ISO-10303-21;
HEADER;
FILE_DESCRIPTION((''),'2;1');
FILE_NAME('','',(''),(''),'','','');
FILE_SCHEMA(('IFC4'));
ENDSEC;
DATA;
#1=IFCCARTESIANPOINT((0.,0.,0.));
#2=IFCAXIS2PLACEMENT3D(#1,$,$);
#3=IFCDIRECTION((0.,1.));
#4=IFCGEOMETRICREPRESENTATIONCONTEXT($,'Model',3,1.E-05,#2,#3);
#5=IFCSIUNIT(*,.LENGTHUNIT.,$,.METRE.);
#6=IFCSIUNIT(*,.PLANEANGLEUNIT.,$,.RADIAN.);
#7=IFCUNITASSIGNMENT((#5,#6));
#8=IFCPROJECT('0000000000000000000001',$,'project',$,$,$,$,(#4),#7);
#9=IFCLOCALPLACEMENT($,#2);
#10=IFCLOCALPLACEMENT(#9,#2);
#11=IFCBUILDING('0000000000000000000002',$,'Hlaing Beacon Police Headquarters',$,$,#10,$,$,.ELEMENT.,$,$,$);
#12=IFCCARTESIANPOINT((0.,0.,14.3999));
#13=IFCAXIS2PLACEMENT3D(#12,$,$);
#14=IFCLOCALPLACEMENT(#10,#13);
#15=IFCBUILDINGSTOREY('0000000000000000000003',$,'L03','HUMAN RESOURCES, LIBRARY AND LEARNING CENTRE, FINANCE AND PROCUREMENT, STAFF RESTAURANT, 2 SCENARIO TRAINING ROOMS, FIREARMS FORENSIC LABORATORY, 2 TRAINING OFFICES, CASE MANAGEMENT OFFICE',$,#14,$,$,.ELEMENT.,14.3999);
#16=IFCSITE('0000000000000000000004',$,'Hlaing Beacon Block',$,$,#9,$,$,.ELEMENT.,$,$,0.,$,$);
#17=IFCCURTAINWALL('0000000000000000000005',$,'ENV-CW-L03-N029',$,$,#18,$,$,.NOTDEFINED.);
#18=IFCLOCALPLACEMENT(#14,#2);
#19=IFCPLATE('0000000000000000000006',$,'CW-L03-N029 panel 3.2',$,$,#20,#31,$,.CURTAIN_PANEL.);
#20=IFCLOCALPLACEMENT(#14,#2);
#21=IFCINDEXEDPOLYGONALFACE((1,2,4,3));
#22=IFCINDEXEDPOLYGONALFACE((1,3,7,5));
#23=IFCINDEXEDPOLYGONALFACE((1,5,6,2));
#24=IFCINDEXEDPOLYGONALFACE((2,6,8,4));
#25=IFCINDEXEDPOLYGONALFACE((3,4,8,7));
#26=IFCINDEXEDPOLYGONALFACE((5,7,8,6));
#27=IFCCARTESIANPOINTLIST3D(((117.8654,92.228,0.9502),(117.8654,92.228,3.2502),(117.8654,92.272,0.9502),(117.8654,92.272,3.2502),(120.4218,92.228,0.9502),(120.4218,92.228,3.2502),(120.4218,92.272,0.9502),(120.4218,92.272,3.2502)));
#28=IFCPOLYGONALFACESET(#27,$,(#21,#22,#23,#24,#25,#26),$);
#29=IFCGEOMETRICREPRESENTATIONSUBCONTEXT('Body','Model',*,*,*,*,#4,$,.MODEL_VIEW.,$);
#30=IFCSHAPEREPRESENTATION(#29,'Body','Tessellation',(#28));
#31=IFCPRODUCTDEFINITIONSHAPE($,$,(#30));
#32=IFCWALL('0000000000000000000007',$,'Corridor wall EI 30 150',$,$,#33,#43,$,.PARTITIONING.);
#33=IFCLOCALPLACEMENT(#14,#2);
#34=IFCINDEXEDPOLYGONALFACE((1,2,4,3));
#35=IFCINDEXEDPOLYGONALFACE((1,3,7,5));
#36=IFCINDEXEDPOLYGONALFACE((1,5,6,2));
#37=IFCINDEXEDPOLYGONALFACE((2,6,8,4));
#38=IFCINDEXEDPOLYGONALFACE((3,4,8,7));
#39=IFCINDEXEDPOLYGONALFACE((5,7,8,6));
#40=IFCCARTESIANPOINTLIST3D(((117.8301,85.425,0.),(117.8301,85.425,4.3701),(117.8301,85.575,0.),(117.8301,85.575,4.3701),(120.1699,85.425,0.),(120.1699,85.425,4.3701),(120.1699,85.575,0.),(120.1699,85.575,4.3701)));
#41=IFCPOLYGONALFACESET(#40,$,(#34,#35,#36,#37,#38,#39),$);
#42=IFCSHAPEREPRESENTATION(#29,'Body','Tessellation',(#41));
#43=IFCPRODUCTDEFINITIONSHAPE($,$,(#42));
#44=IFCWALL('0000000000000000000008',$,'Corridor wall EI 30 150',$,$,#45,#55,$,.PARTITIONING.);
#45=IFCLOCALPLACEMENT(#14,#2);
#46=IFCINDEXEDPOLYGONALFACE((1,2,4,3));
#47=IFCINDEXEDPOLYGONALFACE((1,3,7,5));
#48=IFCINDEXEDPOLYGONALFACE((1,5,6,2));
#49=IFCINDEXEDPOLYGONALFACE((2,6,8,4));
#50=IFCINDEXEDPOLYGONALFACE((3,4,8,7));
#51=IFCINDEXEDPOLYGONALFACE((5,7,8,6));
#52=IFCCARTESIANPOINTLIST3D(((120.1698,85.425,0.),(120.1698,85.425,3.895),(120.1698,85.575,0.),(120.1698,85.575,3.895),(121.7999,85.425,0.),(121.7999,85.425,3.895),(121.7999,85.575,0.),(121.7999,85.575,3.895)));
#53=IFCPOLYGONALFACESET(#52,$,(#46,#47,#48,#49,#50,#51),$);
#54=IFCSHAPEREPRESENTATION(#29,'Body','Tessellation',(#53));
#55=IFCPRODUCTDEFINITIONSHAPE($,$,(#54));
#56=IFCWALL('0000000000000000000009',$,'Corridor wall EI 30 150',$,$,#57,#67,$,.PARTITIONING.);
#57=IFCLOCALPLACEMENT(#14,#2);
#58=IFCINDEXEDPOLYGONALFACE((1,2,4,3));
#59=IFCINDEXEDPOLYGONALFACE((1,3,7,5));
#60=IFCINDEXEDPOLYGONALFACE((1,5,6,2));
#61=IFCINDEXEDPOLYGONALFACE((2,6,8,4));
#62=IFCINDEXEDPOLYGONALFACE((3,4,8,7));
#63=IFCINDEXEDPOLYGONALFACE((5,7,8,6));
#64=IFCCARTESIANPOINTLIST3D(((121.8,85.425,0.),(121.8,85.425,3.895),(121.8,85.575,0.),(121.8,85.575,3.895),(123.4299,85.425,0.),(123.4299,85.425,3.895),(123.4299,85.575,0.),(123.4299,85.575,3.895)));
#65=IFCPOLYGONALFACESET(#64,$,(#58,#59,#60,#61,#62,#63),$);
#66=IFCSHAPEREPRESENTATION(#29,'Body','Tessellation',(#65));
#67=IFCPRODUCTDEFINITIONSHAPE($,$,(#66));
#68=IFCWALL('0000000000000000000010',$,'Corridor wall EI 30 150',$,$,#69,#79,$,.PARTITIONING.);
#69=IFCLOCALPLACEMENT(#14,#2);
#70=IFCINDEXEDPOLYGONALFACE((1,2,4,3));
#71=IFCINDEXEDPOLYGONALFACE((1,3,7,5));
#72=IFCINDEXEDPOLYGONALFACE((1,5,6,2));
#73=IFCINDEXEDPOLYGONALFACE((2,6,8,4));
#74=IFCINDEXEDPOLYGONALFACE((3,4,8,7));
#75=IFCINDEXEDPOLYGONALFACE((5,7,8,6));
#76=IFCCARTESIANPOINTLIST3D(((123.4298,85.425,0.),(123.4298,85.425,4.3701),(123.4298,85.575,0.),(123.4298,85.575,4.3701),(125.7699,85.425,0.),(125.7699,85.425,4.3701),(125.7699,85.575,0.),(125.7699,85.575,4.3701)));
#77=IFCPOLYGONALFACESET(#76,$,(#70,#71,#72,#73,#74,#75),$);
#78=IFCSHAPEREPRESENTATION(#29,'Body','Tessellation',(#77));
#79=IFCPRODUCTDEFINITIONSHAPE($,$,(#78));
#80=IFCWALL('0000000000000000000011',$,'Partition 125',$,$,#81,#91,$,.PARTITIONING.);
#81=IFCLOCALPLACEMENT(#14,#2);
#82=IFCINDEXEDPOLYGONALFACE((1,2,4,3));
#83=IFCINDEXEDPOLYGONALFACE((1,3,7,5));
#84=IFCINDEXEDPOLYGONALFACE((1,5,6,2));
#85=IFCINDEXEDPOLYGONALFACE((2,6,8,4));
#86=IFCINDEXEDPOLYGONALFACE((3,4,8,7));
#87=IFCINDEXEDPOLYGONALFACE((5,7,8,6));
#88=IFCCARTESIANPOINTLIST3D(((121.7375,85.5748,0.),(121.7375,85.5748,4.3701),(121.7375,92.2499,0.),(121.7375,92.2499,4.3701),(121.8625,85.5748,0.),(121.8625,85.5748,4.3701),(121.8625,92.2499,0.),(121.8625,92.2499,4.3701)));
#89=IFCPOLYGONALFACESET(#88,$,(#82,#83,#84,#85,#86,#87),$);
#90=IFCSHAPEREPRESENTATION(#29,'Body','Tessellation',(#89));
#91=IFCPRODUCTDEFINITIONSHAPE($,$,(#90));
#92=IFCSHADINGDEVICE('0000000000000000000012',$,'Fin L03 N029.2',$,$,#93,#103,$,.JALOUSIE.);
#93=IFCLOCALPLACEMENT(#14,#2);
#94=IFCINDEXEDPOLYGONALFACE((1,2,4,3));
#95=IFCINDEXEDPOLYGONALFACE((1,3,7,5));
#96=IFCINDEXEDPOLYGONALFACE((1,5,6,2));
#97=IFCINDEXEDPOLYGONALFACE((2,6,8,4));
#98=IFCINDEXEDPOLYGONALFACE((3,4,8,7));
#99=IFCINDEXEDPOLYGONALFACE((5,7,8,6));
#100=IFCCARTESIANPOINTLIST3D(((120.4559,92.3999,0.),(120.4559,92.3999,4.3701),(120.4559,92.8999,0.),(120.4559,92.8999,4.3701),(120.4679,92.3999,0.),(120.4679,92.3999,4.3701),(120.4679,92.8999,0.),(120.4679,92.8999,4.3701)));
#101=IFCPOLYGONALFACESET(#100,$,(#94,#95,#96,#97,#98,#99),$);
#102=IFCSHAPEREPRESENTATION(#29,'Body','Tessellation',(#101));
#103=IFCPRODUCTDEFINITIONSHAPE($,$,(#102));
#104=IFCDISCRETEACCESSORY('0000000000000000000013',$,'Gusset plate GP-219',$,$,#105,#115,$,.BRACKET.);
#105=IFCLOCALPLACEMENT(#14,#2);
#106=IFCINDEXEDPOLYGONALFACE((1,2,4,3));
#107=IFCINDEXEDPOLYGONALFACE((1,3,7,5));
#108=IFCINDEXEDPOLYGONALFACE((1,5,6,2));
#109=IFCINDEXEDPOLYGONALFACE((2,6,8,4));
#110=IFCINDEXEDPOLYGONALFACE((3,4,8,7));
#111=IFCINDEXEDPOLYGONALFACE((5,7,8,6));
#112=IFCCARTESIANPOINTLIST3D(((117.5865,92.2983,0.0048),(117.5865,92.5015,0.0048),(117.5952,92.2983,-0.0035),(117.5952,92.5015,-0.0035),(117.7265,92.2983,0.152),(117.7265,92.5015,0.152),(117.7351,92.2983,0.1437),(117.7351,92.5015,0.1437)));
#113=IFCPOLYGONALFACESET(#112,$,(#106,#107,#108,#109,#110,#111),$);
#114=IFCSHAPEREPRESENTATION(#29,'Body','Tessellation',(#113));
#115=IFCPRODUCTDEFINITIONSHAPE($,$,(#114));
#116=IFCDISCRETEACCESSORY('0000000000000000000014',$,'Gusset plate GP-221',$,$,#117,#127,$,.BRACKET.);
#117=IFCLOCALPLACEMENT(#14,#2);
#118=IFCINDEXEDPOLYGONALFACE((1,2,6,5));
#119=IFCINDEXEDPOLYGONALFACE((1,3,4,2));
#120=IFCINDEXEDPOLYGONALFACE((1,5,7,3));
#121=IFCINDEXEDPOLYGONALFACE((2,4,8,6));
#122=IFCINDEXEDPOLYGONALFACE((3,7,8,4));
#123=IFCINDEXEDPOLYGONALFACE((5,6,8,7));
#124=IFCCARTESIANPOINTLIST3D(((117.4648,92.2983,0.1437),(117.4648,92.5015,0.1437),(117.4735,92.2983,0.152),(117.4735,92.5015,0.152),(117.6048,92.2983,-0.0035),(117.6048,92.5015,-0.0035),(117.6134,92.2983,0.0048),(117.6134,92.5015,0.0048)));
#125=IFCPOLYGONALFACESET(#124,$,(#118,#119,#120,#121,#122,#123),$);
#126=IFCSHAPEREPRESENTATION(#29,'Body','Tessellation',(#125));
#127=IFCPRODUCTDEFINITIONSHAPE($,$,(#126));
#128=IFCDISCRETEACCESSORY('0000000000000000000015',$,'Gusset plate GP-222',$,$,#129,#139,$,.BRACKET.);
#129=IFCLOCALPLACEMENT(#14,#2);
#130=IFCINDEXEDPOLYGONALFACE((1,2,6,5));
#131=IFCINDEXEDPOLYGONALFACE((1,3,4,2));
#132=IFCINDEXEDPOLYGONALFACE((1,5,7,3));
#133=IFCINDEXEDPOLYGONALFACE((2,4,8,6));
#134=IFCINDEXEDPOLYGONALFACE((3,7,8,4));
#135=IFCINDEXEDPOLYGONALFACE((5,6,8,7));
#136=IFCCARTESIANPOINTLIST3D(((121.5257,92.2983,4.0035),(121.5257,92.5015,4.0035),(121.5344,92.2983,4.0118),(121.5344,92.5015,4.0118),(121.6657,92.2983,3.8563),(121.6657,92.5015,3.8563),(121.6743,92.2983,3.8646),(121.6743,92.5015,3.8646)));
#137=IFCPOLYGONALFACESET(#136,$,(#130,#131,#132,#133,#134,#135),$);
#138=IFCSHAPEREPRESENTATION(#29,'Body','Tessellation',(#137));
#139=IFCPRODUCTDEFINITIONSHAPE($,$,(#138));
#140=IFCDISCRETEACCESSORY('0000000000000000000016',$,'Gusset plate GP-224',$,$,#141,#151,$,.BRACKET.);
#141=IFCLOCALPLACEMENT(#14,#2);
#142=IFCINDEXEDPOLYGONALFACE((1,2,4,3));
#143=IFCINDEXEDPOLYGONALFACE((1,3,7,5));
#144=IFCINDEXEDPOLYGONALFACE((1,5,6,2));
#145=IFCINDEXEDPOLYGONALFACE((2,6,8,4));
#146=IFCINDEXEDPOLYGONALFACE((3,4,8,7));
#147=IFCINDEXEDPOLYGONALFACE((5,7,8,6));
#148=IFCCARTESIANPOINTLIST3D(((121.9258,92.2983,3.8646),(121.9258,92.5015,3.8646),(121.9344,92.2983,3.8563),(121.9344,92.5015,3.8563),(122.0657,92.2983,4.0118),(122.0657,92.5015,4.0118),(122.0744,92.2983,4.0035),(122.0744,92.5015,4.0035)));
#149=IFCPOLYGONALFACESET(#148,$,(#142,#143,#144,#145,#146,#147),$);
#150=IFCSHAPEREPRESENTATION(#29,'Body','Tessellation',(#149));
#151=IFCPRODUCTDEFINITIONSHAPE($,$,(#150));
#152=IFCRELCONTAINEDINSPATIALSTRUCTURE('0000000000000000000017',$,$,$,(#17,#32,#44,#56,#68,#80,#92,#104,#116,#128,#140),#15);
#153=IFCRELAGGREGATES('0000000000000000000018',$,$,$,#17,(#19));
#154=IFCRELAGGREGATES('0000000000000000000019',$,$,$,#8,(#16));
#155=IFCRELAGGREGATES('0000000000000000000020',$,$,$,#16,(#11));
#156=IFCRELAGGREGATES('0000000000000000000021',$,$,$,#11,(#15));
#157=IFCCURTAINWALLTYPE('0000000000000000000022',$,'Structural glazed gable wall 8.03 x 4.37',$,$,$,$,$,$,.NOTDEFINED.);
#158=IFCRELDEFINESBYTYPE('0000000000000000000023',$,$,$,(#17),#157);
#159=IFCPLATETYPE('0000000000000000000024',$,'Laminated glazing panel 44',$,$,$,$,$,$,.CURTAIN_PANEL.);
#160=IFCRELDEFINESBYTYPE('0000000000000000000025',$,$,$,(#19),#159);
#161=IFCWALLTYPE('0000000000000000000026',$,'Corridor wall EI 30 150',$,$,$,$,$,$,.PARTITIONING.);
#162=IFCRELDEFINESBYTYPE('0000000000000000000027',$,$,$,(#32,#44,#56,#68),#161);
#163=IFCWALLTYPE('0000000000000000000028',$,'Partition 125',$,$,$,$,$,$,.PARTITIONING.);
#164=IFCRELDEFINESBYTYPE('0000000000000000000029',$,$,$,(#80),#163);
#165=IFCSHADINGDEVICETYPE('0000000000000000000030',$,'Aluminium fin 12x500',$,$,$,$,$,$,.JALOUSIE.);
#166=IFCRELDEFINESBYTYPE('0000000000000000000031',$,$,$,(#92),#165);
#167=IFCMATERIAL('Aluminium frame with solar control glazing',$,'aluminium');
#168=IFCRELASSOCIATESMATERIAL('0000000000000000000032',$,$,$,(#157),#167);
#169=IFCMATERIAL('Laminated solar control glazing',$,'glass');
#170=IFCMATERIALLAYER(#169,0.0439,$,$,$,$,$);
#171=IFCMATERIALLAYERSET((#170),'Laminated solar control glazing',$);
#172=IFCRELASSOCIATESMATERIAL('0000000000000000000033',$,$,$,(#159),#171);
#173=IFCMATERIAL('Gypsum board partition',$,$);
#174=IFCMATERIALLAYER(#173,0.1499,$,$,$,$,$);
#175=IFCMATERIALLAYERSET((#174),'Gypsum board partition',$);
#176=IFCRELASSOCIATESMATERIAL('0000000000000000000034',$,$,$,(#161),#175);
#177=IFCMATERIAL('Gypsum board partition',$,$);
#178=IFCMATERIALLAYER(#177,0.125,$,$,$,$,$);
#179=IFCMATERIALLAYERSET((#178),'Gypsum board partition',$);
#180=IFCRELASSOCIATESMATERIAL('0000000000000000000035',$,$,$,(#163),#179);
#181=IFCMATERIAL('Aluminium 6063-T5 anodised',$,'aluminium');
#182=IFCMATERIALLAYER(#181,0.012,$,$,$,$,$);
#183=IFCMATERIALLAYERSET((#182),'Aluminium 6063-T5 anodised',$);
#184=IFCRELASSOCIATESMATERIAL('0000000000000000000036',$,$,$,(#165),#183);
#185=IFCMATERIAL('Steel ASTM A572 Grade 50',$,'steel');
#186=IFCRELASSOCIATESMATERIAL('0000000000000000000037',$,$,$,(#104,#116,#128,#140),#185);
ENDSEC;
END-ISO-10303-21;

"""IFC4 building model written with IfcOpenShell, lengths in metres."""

from ifc_helpers import new_model, si_unit, direction, frame, frame_2d, origin, origin_2d, place, context, subcontext, project, spatial, rectangle, extrude, material, layer, layer_set, type_object, element, aggregate, save


model = new_model("IFC4")

# Units and contexts
model_context = context("Model", 3, precision=1e-05, world=origin(), true_north=direction((0.0, 1.0)))
body_context = subcontext(model_context, "Body", "Model", "MODEL_VIEW")
ifc_project = project(units=[si_unit("LENGTHUNIT", "METRE"), si_unit("PLANEANGLEUNIT", "RADIAN")], contexts=[model_context])

# Site, building, storey
site_placement = place(None, origin())
site = spatial("IfcSite", under=ifc_project, at=site_placement, Name="Hlaing Beacon Block", CompositionType="ELEMENT", RefElevation=0.0)
building_placement = place(site_placement, origin())
building = spatial("IfcBuilding", under=site, at=building_placement, Name="Hlaing Beacon Police Headquarters", CompositionType="ELEMENT")
storey_placement = place(building_placement, frame((0.0, 0.0, 14.3999)))
storey = spatial("IfcBuildingStorey", under=building, at=storey_placement, Name="L03", Description="HUMAN RESOURCES, LIBRARY AND LEARNING CENTRE, FINANCE AND PROCUREMENT, STAFF RESTAURANT, 2 SCENARIO TRAINING ROOMS, FIREARMS FORENSIC LABORATORY, 2 TRAINING OFFICES, CASE MANAGEMENT OFFICE", CompositionType="ELEMENT", Elevation=14.3999)

# Curtain wall, plate
ifc_material_1 = material(Name="Aluminium frame with solar control glazing", Category="aluminium")
curtain_wall_type = type_object("IfcCurtainWallType", Name="Structural glazed gable wall 8.03 x 4.37", PredefinedType="NOTDEFINED", material=ifc_material_1)
curtain_wall_placement = place(storey_placement, origin())
curtain_wall = element("IfcCurtainWall", 1, at=curtain_wall_placement, inside=storey, type_object=curtain_wall_type, Name="ENV-CW-L03-N029", PredefinedType="NOTDEFINED")
ifc_material_2 = material(Name="Laminated solar control glazing", Category="glass")
ifc_layer_1 = layer(ifc_material_2, 0.0439)
ifc_layer_set_1 = layer_set([ifc_layer_1], Name="Laminated solar control glazing")
plate_type_1 = type_object("IfcPlateType", Name="Laminated glazing panel 44", PredefinedType="CURTAIN_PANEL", material=ifc_layer_set_1)
plate_1_placement = place(storey_placement, frame((119.1436, 92.25, 0.9502), z_axis=(0.0, 0.0, 1.0), x_axis=(-1.0, 0.0, 0.0)))
plate_1 = element("IfcPlate", 2, at=plate_1_placement, type_object=plate_type_1, Name="CW-L03-N029 panel 3.2", PredefinedType="CURTAIN_PANEL", context=body_context, shape_type="SweptSolid", body=[
    extrude(rectangle(XDim=2.5564, YDim=0.0439, at=origin_2d()), origin(), (0.0, 0.0, 1.0), 2.3),
])
aggregate(curtain_wall, [plate_1])

# Walls
ifc_material_3 = material(Name="Gypsum board partition")
ifc_layer_2 = layer(ifc_material_3, 0.1499)
ifc_layer_set_2 = layer_set([ifc_layer_2], Name="Gypsum board partition")
wall_type_1 = type_object("IfcWallType", Name="Corridor wall EI 30 150", PredefinedType="PARTITIONING", material=ifc_layer_set_2)
wall_1_placement = place(storey_placement, frame((117.8301, 85.5, 0.0), z_axis=(0.0, 0.0, 1.0), x_axis=(1.0, 0.0, 0.0)))
element("IfcWall", 3, at=wall_1_placement, inside=storey, type_object=wall_type_1, Name="Corridor wall EI 30 150", PredefinedType="PARTITIONING", context=body_context, shape_type="SweptSolid", body=[
    extrude(rectangle(XDim=2.3398, YDim=0.1499, at=frame_2d((1.1699, 0.0))), origin(), (0.0, 0.0, 1.0), 4.3701),
])
wall_2_placement = place(storey_placement, frame((120.1699, 85.5, 0.0), z_axis=(0.0, 0.0, 1.0), x_axis=(1.0, 0.0, 0.0)))
element("IfcWall", 4, at=wall_2_placement, inside=storey, type_object=wall_type_1, Name="Corridor wall EI 30 150", PredefinedType="PARTITIONING", context=body_context, shape_type="SweptSolid", body=[
    extrude(rectangle(XDim=1.6301, YDim=0.1499, at=frame_2d((0.8149, 0.0))), origin(), (0.0, 0.0, 1.0), 3.895),
])
wall_3_placement = place(storey_placement, frame((121.8, 85.5, 0.0), z_axis=(0.0, 0.0, 1.0), x_axis=(1.0, 0.0, 0.0)))
element("IfcWall", 5, at=wall_3_placement, inside=storey, type_object=wall_type_1, Name="Corridor wall EI 30 150", PredefinedType="PARTITIONING", context=body_context, shape_type="SweptSolid", body=[
    extrude(rectangle(XDim=1.6299, YDim=0.1499, at=frame_2d((0.8149, 0.0))), origin(), (0.0, 0.0, 1.0), 3.895),
])
wall_4_placement = place(storey_placement, frame((123.4299, 85.5, 0.0), z_axis=(0.0, 0.0, 1.0), x_axis=(1.0, 0.0, 0.0)))
element("IfcWall", 6, at=wall_4_placement, inside=storey, type_object=wall_type_1, Name="Corridor wall EI 30 150", PredefinedType="PARTITIONING", context=body_context, shape_type="SweptSolid", body=[
    extrude(rectangle(XDim=2.3401, YDim=0.1499, at=frame_2d((1.1699, 0.0))), origin(), (0.0, 0.0, 1.0), 4.3701),
])
ifc_material_4 = material(Name="Gypsum board partition")
ifc_layer_3 = layer(ifc_material_4, 0.125)
ifc_layer_set_3 = layer_set([ifc_layer_3], Name="Gypsum board partition")
wall_type_2 = type_object("IfcWallType", Name="Partition 125", PredefinedType="PARTITIONING", material=ifc_layer_set_3)
wall_5_placement = place(storey_placement, frame((121.8, 85.575, 0.0), z_axis=(0.0, 0.0, 1.0), x_axis=(0.0, 1.0, 0.0)))
element("IfcWall", 7, at=wall_5_placement, inside=storey, type_object=wall_type_2, Name="Partition 125", PredefinedType="PARTITIONING", context=body_context, shape_type="SweptSolid", body=[
    extrude(rectangle(XDim=6.675, YDim=0.125, at=frame_2d((3.3374, 0.0))), origin(), (0.0, 0.0, 1.0), 4.3701),
])

# Shading device
ifc_material_5 = material(Name="Aluminium 6063-T5 anodised", Category="aluminium")
ifc_layer_4 = layer(ifc_material_5, 0.012)
ifc_layer_set_4 = layer_set([ifc_layer_4], Name="Aluminium 6063-T5 anodised")
shading_device_type = type_object("IfcShadingDeviceType", Name="Aluminium fin 12x500", PredefinedType="JALOUSIE", material=ifc_layer_set_4)
shading_device_placement = place(storey_placement, frame((120.4619, 92.6499, 0.0), z_axis=(0.0, 0.0, 1.0), x_axis=(-1.0, 0.0, 0.0)))
element("IfcShadingDevice", 8, at=shading_device_placement, inside=storey, type_object=shading_device_type, Name="Fin L03 N029.2", PredefinedType="JALOUSIE", context=body_context, shape_type="SweptSolid", body=[
    extrude(rectangle(XDim=0.012, YDim=0.5, at=origin_2d()), origin(), (0.0, 0.0, 1.0), 4.3701),
])

# Discrete accessories
ifc_material_6 = material(Name="Steel ASTM A572 Grade 50", Category="steel")
for number, where, z_axis, x_axis, name in (
    (9, (117.6565, 92.3999, 0.0784), (0.724811, 0.0, -0.688948), (0.0, 1.0, 0.0), "Gusset plate GP-219"),
    (10, (117.5435, 92.3999, 0.0784), (-0.724832, 0.0, -0.688926), (0.0, -1.0, 0.0), "Gusset plate GP-221"),
    (11, (121.5957, 92.3999, 3.9299), (0.724832, 0.0, 0.688926), (0.0, 1.0, 0.0), "Gusset plate GP-222"),
    (12, (122.0044, 92.3999, 3.9299), (-0.724832, 0.0, 0.688926), (0.0, -1.0, 0.0), "Gusset plate GP-224"),
):
    element("IfcDiscreteAccessory", number, at=place(storey_placement, frame(where, z_axis=z_axis, x_axis=x_axis)), inside=storey, material=ifc_material_6, Name=name, PredefinedType="BRACKET", context=body_context, shape_type="SweptSolid", body=[
        extrude(rectangle(XDim=0.2031, YDim=0.2031, at=origin_2d()), origin(), (0.0, 0.0, 1.0), 0.012),
    ])

save(model, "model.ifc")
